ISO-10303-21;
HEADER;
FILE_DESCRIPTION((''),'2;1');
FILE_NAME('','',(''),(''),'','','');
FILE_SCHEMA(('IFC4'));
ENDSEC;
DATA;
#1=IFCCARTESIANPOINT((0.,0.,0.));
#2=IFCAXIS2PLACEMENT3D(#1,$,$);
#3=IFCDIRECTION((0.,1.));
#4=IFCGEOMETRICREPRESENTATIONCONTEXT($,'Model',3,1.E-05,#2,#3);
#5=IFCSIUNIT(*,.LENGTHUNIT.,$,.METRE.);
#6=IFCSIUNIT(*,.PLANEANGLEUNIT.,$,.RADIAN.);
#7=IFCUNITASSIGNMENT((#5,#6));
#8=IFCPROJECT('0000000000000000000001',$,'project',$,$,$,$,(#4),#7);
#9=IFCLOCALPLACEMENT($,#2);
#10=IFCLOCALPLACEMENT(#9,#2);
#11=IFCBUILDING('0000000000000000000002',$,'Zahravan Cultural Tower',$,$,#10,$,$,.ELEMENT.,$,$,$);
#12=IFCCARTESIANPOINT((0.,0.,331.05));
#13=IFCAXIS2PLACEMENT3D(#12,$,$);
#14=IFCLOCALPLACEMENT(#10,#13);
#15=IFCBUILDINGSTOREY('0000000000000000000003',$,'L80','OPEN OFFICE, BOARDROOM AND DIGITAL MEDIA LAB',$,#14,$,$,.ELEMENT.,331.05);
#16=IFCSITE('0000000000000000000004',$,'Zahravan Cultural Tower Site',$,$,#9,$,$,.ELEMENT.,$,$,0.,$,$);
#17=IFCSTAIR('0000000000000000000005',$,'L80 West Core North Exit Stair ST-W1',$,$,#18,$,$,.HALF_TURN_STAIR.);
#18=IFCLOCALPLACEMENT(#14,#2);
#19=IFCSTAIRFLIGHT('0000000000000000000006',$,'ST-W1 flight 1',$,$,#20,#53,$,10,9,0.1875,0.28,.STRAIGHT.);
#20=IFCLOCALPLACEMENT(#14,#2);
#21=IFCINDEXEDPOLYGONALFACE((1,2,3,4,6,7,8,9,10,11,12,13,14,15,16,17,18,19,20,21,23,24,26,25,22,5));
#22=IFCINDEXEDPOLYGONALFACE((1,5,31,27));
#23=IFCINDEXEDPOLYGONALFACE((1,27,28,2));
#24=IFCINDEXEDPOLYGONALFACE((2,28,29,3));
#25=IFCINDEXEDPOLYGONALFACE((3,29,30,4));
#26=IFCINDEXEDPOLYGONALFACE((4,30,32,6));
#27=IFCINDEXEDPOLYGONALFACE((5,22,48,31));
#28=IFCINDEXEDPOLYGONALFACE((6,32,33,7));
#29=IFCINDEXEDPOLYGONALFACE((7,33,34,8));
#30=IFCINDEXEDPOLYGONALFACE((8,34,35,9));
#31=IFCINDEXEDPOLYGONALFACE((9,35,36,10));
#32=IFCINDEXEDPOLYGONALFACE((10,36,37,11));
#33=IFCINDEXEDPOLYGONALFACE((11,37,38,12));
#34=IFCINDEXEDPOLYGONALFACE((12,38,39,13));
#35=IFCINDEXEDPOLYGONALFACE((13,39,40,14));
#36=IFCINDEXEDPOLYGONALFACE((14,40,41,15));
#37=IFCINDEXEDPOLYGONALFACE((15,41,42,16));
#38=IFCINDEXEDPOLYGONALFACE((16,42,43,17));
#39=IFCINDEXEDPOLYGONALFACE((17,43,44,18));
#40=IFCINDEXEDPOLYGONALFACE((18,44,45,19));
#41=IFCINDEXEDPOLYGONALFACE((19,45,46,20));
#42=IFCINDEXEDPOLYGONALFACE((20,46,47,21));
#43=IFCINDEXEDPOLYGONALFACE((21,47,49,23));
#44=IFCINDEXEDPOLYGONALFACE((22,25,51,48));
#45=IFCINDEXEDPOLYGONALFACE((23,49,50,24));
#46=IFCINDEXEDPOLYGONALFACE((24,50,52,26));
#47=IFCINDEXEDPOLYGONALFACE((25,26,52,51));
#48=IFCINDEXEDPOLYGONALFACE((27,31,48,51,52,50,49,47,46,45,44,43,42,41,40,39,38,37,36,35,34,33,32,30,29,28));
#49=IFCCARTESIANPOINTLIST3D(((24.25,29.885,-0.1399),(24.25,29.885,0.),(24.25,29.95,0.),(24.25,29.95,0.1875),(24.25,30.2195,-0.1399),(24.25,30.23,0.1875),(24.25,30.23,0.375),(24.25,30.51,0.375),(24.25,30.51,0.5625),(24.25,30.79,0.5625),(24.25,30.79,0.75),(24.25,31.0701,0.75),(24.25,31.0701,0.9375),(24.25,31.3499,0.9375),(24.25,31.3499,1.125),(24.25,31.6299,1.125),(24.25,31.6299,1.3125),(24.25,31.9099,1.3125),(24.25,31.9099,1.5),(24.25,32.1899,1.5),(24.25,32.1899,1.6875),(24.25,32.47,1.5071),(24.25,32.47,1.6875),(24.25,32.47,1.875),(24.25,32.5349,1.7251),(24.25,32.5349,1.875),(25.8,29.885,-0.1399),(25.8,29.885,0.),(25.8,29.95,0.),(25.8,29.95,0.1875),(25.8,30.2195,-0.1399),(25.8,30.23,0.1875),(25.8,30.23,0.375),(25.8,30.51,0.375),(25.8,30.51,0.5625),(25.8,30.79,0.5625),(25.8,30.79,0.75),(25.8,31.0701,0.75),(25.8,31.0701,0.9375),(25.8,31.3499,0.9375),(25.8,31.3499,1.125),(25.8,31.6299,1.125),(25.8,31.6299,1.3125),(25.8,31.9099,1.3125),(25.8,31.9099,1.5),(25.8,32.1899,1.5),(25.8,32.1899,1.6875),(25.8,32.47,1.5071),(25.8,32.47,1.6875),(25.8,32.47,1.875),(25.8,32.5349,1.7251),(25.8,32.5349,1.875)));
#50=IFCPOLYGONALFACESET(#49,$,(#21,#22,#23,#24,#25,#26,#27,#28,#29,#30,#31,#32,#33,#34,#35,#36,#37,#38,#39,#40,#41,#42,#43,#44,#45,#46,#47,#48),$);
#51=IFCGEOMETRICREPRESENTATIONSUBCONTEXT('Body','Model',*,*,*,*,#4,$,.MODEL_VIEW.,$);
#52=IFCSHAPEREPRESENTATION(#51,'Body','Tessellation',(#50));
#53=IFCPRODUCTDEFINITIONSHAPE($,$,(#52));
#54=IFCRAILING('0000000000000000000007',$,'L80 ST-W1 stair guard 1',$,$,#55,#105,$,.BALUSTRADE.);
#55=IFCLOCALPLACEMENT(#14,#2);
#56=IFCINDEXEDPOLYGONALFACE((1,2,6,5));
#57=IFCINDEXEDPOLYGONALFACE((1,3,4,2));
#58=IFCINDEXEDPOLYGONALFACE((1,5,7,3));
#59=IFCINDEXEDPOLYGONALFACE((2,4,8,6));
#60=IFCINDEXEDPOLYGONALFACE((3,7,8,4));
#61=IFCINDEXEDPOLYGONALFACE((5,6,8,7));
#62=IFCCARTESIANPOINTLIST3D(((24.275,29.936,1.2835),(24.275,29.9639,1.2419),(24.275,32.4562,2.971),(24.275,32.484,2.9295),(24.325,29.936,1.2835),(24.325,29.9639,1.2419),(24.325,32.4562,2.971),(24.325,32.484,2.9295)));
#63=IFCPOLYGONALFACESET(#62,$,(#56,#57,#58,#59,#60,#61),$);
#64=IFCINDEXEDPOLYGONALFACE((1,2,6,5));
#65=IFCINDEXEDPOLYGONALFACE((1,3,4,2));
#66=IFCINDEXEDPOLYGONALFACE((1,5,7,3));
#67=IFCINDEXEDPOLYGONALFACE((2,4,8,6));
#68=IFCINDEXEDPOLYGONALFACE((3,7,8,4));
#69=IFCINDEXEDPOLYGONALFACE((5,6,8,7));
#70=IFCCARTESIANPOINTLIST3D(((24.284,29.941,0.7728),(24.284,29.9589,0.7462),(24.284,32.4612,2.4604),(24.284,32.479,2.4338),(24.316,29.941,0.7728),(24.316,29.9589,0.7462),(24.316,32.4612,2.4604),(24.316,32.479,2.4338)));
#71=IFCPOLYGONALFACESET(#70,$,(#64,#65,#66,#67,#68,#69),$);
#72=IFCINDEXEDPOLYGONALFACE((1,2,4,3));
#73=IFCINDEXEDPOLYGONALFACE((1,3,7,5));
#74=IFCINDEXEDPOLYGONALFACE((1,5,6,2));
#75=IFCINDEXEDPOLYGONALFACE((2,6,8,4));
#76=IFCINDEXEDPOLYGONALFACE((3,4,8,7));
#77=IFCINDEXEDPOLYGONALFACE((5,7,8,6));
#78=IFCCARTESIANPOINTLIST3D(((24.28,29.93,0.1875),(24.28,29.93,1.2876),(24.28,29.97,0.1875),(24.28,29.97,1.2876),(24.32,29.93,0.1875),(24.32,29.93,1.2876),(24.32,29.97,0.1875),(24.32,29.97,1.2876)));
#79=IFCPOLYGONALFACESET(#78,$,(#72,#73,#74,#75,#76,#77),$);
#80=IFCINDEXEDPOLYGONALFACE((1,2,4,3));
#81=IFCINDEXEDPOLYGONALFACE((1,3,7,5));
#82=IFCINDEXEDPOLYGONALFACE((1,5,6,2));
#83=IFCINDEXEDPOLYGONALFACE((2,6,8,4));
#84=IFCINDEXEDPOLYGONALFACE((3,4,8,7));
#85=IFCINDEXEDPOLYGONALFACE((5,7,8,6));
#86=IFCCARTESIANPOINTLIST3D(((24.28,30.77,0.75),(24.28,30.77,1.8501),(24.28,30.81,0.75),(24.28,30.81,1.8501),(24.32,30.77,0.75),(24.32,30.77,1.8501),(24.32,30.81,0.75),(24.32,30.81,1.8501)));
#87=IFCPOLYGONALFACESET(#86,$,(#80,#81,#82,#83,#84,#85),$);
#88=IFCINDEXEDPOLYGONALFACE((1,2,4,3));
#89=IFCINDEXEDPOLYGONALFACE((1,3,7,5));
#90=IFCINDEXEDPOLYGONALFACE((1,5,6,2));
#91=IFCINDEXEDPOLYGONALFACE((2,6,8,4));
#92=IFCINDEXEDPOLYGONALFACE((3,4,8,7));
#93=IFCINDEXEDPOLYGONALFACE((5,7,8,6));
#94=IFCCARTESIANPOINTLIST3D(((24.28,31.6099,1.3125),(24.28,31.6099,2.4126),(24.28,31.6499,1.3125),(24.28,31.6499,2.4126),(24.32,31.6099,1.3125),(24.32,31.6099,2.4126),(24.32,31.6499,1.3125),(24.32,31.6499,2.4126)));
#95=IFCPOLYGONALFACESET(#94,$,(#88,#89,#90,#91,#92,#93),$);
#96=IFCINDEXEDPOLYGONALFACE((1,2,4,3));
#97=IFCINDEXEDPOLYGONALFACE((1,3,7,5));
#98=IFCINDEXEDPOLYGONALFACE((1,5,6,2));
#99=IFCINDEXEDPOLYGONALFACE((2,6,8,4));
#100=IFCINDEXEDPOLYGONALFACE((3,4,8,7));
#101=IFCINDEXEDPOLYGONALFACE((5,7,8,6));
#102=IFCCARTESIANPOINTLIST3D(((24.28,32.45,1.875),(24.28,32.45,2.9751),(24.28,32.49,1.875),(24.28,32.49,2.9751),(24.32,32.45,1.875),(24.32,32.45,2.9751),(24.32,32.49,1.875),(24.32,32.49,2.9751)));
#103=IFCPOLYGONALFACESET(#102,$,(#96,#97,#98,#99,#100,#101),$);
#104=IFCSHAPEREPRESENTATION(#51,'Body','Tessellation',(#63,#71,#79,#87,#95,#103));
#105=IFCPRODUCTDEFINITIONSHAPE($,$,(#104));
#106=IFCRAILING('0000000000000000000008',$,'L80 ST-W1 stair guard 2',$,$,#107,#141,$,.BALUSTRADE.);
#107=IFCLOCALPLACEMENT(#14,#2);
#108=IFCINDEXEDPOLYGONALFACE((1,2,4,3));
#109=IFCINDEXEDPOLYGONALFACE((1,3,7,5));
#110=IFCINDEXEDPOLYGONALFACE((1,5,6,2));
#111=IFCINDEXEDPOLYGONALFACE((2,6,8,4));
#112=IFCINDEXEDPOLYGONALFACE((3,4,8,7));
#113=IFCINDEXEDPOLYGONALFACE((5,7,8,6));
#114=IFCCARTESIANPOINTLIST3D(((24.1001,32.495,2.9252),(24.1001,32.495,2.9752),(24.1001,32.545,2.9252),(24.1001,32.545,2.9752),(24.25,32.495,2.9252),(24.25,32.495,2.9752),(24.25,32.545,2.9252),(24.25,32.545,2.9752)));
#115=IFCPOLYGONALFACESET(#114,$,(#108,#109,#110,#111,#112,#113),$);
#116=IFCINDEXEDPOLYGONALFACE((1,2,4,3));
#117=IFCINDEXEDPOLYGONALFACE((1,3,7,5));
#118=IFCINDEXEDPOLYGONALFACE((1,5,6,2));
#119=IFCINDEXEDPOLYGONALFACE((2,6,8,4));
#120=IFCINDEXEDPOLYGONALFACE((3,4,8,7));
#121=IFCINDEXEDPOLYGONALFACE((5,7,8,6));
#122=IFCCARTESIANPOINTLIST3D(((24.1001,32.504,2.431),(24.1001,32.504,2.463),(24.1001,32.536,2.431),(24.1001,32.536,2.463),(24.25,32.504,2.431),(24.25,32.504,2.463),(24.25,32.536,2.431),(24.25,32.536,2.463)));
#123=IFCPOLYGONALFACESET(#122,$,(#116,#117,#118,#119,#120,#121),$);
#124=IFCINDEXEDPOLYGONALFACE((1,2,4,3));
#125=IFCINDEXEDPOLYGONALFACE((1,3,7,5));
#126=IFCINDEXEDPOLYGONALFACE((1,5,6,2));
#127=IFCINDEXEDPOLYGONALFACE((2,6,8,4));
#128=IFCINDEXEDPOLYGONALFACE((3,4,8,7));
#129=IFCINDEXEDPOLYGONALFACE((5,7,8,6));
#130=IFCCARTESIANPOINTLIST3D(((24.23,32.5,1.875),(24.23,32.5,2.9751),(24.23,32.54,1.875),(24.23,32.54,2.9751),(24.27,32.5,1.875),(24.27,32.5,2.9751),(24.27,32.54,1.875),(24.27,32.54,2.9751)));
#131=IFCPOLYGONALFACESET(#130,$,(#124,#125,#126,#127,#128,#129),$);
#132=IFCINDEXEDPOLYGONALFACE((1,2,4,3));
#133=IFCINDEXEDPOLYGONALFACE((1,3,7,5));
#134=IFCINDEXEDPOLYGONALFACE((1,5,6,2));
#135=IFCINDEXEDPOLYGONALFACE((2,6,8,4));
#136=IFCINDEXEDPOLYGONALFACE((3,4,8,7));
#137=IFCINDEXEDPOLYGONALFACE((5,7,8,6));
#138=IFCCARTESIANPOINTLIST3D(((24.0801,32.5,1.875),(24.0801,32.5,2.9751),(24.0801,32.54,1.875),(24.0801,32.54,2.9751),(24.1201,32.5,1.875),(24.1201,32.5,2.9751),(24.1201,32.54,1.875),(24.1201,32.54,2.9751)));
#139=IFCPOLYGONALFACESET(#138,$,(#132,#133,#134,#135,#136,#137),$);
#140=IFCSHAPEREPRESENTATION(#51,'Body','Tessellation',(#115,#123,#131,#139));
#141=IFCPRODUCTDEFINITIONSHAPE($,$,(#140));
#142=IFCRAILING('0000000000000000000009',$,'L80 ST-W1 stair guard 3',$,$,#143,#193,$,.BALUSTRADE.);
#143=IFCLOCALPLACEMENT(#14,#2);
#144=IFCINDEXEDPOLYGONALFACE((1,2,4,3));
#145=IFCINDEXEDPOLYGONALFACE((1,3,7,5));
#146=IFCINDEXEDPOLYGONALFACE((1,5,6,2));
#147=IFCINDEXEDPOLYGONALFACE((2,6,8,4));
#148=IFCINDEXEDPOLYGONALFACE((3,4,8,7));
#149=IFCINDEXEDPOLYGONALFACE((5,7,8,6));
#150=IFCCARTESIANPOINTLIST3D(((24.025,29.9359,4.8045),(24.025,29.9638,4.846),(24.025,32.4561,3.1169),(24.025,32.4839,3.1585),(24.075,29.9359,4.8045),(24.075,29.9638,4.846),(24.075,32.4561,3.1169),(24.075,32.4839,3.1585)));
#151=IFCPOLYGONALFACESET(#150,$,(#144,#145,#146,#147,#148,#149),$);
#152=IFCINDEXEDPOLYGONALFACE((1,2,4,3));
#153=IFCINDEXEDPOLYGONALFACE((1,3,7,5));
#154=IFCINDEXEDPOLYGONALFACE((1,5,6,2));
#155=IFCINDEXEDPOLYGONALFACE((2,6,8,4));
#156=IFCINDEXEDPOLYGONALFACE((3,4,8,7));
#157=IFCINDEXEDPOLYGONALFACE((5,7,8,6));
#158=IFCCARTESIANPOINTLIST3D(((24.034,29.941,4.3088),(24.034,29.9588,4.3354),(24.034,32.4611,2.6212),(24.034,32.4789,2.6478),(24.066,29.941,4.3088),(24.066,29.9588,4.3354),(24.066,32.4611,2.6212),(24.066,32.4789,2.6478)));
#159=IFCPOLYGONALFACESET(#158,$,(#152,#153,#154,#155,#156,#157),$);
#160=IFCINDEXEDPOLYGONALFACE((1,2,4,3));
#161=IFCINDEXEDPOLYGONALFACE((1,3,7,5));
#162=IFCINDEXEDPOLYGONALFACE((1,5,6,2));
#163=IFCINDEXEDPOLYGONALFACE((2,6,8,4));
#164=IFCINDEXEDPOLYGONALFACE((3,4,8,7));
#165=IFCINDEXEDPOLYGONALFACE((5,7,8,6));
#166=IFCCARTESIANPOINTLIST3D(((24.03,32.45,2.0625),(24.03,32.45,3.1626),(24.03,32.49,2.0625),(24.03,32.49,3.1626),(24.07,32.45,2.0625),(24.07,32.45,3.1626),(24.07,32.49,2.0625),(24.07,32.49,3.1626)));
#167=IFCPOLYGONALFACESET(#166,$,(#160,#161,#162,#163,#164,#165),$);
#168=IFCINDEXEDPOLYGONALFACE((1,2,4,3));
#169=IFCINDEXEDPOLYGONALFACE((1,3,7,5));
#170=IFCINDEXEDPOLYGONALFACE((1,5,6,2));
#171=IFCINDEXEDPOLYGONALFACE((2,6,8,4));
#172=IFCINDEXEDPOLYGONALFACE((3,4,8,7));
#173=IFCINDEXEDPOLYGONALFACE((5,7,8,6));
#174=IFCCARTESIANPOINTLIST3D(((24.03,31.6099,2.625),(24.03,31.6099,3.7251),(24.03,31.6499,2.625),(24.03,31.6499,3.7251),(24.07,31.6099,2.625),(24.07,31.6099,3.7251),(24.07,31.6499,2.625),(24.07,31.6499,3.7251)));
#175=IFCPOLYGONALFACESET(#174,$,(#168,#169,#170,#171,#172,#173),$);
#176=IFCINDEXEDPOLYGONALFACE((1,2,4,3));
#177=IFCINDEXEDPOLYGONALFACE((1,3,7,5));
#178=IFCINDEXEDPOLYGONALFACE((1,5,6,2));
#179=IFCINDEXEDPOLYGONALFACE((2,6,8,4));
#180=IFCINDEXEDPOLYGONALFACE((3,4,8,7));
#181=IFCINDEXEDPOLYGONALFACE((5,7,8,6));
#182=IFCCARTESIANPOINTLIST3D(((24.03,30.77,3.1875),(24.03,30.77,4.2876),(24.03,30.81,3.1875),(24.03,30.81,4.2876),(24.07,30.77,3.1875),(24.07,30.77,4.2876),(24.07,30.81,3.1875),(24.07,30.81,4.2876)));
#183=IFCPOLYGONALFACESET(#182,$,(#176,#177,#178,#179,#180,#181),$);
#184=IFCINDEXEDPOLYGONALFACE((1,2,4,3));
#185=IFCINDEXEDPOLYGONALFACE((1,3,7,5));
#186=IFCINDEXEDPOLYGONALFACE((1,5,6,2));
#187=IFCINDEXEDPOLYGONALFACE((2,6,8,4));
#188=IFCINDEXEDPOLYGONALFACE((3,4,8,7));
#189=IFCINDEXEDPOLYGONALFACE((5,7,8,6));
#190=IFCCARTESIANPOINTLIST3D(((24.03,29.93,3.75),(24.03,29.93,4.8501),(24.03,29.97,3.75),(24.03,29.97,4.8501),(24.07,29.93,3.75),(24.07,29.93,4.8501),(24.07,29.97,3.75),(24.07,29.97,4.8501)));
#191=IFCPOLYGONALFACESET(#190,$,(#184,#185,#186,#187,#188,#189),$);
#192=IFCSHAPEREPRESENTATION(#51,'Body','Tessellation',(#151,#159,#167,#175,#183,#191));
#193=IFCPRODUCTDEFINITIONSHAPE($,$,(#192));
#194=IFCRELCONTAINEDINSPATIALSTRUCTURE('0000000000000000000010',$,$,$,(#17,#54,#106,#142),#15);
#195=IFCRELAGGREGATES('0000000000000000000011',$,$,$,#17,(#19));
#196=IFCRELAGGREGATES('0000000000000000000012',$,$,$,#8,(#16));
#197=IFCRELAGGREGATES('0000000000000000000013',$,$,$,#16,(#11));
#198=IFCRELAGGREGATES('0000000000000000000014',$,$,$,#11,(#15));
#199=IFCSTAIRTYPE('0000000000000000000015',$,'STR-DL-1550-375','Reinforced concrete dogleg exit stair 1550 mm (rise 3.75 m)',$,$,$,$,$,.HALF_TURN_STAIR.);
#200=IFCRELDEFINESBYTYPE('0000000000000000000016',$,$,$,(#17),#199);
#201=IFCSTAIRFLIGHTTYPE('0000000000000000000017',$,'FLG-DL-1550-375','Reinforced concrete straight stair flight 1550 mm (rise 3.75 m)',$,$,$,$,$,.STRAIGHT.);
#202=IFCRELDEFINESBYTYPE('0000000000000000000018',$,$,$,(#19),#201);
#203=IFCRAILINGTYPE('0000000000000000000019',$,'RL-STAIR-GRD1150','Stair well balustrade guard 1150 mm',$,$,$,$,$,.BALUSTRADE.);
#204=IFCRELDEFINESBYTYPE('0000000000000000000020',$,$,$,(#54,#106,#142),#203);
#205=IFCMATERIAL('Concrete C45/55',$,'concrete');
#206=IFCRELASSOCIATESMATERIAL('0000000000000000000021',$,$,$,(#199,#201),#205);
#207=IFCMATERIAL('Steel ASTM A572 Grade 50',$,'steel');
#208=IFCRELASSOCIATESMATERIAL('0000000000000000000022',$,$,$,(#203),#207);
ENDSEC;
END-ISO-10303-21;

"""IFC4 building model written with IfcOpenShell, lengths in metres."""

from ifc_helpers import new_model, si_unit, direction, frame, origin, origin_2d, place, context, subcontext, project, spatial, polyline, rectangle, outline, extrude, material, type_object, element, aggregate, save


model = new_model("IFC4")

# Units and contexts
model_context = context("Model", 3, precision=1e-05, world=origin(), true_north=direction((0.0, 1.0)))
body_context = subcontext(model_context, "Body", "Model", "MODEL_VIEW")
ifc_project = project(units=[si_unit("LENGTHUNIT", "METRE"), si_unit("PLANEANGLEUNIT", "RADIAN")], contexts=[model_context])

# Site, building, storey
site_placement = place(None, origin())
site = spatial("IfcSite", under=ifc_project, at=site_placement, Name="Zahravan Cultural Tower Site", CompositionType="ELEMENT", RefElevation=0.0)
building_placement = place(site_placement, origin())
building = spatial("IfcBuilding", under=site, at=building_placement, Name="Zahravan Cultural Tower", CompositionType="ELEMENT")
storey_placement = place(building_placement, frame((0.0, 0.0, 331.05)))
storey = spatial("IfcBuildingStorey", under=building, at=storey_placement, Name="L80", Description="OPEN OFFICE, BOARDROOM AND DIGITAL MEDIA LAB", CompositionType="ELEMENT", Elevation=331.05)

# Shared definitions
ifc_material_1 = material(Name="Steel ASTM A572 Grade 50", Category="steel")
ifc_material_2 = material(Name="Concrete C45/55", Category="concrete")

# Stair, stair flight
stair_type = type_object("IfcStairType", Name="STR-DL-1550-375", Description="Reinforced concrete dogleg exit stair 1550 mm (rise 3.75 m)", PredefinedType="HALF_TURN_STAIR", material=ifc_material_2)
stair_placement = place(storey_placement, origin())
stair = element("IfcStair", 1, at=stair_placement, inside=storey, type_object=stair_type, Name="L80 West Core North Exit Stair ST-W1", PredefinedType="HALF_TURN_STAIR")
stair_flight_type = type_object("IfcStairFlightType", Name="FLG-DL-1550-375", Description="Reinforced concrete straight stair flight 1550 mm (rise 3.75 m)", PredefinedType="STRAIGHT", material=ifc_material_2)
stair_flight_placement = place(storey_placement, frame((25.0249, 29.95, 0.0), z_axis=(0.0, 0.0, 1.0), x_axis=(0.0, 1.0, 0.0)))
stair_flight = element("IfcStairFlight", 2, at=stair_flight_placement, type_object=stair_flight_type, Name="ST-W1 flight 1", NumberOfRisers=10, NumberOfTreads=9, PredefinedType="STRAIGHT", RiserHeight=0.1875, TreadLength=0.28, context=body_context, shape_type="SweptSolid", body=[
    extrude(outline(polyline([(-0.0649, -0.1399), (-0.0649, 0.0), (0.0, 0.0), (0.0, 0.1875), (0.28, 0.1875), (0.28, 0.375), (0.5601, 0.375), (0.5601, 0.5625), (0.8401, 0.5625), (0.8401, 0.75), (1.1201, 0.75), (1.1201, 0.9375), (1.3999, 0.9375), (1.3999, 1.125), (1.6799, 1.125), (1.6799, 1.3125), (1.96, 1.3125), (1.96, 1.5), (2.24, 1.5), (2.24, 1.6875), (2.52, 1.6875), (2.52, 1.875), (2.585, 1.875), (2.585, 1.7251), (2.52, 1.5071), (0.2695, -0.1399), (-0.0649, -0.1399)])), frame((0.0, 0.7749, 0.0), z_axis=(0.0, -1.0, 0.0), x_axis=(1.0, 0.0, 0.0)), (0.0, 0.0, 1.0), 1.55),
])
aggregate(stair, [stair_flight])

# Railings
railing_type_1 = type_object("IfcRailingType", Name="RL-STAIR-GRD1150", Description="Stair well balustrade guard 1150 mm", PredefinedType="BALUSTRADE", material=ifc_material_1)
railing_1_placement = place(storey_placement, frame((24.3, 29.95, 0.1875)))
element("IfcRailing", 3, at=railing_1_placement, inside=storey, type_object=railing_type_1, Name="L80 ST-W1 stair guard 1", PredefinedType="BALUSTRADE", context=body_context, shape_type="SweptSolid", body=[
    extrude(rectangle(XDim=0.05, YDim=0.05, at=origin_2d()), frame((0.0, 0.0, 1.0752), z_axis=(0.0, 0.830909, 0.556408), x_axis=(-1.0, 0.0, 0.0)), (0.0, 0.0, 1.0), 3.033),
    extrude(rectangle(XDim=0.032, YDim=0.032, at=origin_2d()), frame((0.0, 0.0, 0.572), z_axis=(0.0, 0.830909, 0.556408), x_axis=(-1.0, 0.0, 0.0)), (0.0, 0.0, 1.0), 3.033),
    extrude(rectangle(XDim=0.04, YDim=0.04, at=origin_2d()), origin(), (0.0, 0.0, 1.0), 1.1001),
    extrude(rectangle(XDim=0.04, YDim=0.04, at=origin_2d()), frame((0.0, 0.8401, 0.5625)), (0.0, 0.0, 1.0), 1.1001),
    extrude(rectangle(XDim=0.04, YDim=0.04, at=origin_2d()), frame((0.0, 1.6799, 1.125)), (0.0, 0.0, 1.0), 1.1001),
    extrude(rectangle(XDim=0.04, YDim=0.04, at=origin_2d()), frame((0.0, 2.52, 1.6875)), (0.0, 0.0, 1.0), 1.1001),
])
railing_2_placement = place(storey_placement, frame((24.25, 32.52, 1.875)))
element("IfcRailing", 4, at=railing_2_placement, inside=storey, type_object=railing_type_1, Name="L80 ST-W1 stair guard 2", PredefinedType="BALUSTRADE", context=body_context, shape_type="SweptSolid", body=[
    extrude(rectangle(XDim=0.05, YDim=0.05, at=origin_2d()), frame((0.0, 0.0, 1.0752), z_axis=(-1.0, 0.0, 0.0), x_axis=(0.0, -1.0, 0.0)), (0.0, 0.0, 1.0), 0.1499),
    extrude(rectangle(XDim=0.032, YDim=0.032, at=origin_2d()), frame((0.0, 0.0, 0.572), z_axis=(-1.0, 0.0, 0.0), x_axis=(0.0, -1.0, 0.0)), (0.0, 0.0, 1.0), 0.1499),
    extrude(rectangle(XDim=0.04, YDim=0.04, at=origin_2d()), origin(), (0.0, 0.0, 1.0), 1.1001),
    extrude(rectangle(XDim=0.04, YDim=0.04, at=origin_2d()), frame((-0.1499, 0.0, 0.0)), (0.0, 0.0, 1.0), 1.1001),
])
railing_3_placement = place(storey_placement, frame((24.05, 32.47, 2.0625)))
element("IfcRailing", 5, at=railing_3_placement, inside=storey, type_object=railing_type_1, Name="L80 ST-W1 stair guard 3", PredefinedType="BALUSTRADE", context=body_context, shape_type="SweptSolid", body=[
    extrude(rectangle(XDim=0.05, YDim=0.05, at=origin_2d()), frame((0.0, 0.0, 1.0752), z_axis=(0.0, -0.830909, 0.556408), x_axis=(1.0, 0.0, 0.0)), (0.0, 0.0, 1.0), 3.033),
    extrude(rectangle(XDim=0.032, YDim=0.032, at=origin_2d()), frame((0.0, 0.0, 0.572), z_axis=(0.0, -0.830909, 0.556408), x_axis=(1.0, 0.0, 0.0)), (0.0, 0.0, 1.0), 3.033),
    extrude(rectangle(XDim=0.04, YDim=0.04, at=origin_2d()), origin(), (0.0, 0.0, 1.0), 1.1001),
    extrude(rectangle(XDim=0.04, YDim=0.04, at=origin_2d()), frame((0.0, -0.8401, 0.5625)), (0.0, 0.0, 1.0), 1.1001),
    extrude(rectangle(XDim=0.04, YDim=0.04, at=origin_2d()), frame((0.0, -1.6799, 1.125)), (0.0, 0.0, 1.0), 1.1001),
    extrude(rectangle(XDim=0.04, YDim=0.04, at=origin_2d()), frame((0.0, -2.52, 1.6875)), (0.0, 0.0, 1.0), 1.1001),
])

save(model, "model.ifc")
